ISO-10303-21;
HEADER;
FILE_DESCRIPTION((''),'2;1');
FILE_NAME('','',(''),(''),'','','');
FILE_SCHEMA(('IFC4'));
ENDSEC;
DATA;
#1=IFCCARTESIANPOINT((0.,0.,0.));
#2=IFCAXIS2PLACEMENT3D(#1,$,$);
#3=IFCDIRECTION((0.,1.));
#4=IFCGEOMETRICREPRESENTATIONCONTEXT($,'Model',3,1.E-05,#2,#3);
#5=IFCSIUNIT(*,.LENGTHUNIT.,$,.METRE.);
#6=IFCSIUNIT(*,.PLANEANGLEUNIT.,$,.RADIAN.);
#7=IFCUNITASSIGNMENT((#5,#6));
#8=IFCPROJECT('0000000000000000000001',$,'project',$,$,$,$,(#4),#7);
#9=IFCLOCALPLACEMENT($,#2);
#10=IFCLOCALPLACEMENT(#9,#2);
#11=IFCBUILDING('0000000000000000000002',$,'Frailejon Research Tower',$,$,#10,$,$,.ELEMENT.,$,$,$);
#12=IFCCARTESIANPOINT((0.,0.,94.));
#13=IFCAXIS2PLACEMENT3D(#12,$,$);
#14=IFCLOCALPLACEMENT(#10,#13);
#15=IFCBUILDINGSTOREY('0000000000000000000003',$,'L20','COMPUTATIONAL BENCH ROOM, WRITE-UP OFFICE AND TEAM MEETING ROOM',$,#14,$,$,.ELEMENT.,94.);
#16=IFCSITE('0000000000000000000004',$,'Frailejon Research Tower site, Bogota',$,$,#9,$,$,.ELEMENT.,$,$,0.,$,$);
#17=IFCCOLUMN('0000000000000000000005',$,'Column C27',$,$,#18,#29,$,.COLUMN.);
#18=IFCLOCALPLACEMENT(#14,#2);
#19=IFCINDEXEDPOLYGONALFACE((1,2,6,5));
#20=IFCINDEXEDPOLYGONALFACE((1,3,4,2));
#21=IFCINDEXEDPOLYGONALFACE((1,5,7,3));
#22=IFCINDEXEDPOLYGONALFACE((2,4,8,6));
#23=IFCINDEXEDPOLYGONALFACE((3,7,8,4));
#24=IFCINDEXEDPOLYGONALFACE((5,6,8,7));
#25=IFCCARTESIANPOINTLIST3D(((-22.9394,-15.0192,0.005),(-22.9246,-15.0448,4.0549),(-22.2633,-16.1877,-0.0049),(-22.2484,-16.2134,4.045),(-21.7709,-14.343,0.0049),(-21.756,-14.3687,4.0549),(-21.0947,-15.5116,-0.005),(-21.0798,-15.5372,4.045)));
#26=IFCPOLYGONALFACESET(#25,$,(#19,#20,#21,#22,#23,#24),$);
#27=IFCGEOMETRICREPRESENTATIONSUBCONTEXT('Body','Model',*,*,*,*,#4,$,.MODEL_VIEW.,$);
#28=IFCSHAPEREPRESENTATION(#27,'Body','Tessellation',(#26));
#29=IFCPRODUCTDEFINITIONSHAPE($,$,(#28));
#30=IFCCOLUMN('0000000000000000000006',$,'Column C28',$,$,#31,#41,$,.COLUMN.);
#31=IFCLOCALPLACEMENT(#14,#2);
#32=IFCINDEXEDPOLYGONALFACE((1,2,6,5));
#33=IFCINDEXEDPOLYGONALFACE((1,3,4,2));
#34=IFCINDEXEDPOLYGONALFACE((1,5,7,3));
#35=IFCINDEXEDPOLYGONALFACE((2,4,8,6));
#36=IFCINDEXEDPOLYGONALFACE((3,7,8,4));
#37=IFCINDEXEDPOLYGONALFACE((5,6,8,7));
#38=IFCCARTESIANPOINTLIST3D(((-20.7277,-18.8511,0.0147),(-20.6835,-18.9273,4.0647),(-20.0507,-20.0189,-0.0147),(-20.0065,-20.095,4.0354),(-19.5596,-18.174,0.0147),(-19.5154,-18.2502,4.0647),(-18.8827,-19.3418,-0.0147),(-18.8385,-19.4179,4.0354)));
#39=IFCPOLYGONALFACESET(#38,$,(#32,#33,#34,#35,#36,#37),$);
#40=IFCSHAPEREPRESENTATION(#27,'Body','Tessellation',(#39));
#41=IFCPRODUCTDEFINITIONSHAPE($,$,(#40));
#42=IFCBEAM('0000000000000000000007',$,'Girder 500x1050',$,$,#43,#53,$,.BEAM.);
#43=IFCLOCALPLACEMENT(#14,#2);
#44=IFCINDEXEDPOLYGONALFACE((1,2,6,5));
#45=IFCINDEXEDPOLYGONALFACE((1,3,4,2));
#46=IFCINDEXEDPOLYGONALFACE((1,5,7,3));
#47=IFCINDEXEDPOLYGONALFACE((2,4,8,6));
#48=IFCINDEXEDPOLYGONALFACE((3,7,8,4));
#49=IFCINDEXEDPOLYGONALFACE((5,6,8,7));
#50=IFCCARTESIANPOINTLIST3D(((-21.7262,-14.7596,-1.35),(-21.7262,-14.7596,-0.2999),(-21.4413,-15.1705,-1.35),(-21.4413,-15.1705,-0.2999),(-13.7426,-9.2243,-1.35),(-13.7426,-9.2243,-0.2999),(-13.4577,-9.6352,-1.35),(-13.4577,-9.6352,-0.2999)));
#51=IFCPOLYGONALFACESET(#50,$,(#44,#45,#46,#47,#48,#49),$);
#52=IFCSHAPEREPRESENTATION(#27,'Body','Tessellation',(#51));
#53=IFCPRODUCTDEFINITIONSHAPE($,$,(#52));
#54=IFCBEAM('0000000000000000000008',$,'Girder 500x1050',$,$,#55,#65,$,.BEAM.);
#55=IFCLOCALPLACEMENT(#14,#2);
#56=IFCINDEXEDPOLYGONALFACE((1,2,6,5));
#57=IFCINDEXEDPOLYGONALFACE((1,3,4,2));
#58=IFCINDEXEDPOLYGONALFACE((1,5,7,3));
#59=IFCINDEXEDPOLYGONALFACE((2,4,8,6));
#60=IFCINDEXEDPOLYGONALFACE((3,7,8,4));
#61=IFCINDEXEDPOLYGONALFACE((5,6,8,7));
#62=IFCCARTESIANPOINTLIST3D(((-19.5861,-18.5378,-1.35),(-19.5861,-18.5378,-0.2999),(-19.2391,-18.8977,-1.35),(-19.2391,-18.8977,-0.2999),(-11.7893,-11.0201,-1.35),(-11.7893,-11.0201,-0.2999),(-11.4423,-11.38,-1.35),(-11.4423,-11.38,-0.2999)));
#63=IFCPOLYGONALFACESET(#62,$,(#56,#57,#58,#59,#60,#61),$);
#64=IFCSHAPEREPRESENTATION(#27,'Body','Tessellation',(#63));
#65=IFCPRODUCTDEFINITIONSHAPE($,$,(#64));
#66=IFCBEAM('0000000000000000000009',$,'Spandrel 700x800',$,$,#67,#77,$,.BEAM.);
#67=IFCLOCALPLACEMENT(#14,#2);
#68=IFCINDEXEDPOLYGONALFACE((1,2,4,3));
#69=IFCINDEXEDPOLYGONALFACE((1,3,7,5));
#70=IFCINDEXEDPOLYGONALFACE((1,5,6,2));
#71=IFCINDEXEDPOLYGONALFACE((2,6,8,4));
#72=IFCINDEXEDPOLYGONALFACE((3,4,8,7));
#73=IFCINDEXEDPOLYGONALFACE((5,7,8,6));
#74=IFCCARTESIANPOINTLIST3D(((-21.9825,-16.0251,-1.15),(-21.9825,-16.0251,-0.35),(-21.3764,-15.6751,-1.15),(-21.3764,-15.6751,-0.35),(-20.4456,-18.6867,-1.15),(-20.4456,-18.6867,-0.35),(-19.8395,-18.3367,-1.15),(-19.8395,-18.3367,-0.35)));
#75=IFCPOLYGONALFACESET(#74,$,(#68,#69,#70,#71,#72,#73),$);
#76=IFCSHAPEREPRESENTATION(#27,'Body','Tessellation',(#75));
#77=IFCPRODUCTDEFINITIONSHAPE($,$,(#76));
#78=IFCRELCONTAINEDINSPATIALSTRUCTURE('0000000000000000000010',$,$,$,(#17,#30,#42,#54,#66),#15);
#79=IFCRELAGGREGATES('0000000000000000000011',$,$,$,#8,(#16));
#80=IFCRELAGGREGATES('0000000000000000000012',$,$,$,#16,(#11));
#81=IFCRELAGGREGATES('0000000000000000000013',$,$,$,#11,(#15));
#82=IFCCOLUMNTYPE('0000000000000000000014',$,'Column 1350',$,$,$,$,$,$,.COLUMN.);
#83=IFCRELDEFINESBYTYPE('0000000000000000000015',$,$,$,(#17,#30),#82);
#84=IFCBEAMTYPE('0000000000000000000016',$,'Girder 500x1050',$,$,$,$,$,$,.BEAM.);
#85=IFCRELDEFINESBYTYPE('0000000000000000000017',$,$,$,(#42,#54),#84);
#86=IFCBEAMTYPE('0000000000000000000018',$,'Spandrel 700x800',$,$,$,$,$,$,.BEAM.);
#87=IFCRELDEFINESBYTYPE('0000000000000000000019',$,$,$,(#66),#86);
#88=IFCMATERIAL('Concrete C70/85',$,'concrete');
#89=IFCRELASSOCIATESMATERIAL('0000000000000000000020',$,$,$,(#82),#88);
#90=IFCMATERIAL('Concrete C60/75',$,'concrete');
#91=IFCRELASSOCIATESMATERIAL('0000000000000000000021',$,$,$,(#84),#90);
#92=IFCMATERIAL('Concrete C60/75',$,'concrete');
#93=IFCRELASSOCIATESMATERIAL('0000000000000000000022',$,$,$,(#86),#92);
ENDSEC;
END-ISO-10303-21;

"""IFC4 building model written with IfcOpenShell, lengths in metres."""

from ifc_helpers import new_model, si_unit, direction, frame, origin, origin_2d, place, context, subcontext, project, spatial, rectangle, extrude, material, material_profile, profile_set, type_object, element, save


model = new_model("IFC4")

# Units and contexts
model_context = context("Model", 3, precision=1e-05, world=origin(), true_north=direction((0.0, 1.0)))
body_context = subcontext(model_context, "Body", "Model", "MODEL_VIEW")
ifc_project = project(units=[si_unit("LENGTHUNIT", "METRE"), si_unit("PLANEANGLEUNIT", "RADIAN")], contexts=[model_context])

# Site, building, storey
site_placement = place(None, origin())
site = spatial("IfcSite", under=ifc_project, at=site_placement, Name="Frailejon Research Tower site, Bogota", CompositionType="ELEMENT", RefElevation=0.0)
building_placement = place(site_placement, origin())
building = spatial("IfcBuilding", under=site, at=building_placement, Name="Frailejon Research Tower", CompositionType="ELEMENT")
storey_placement = place(building_placement, frame((0.0, 0.0, 94.0)))
storey = spatial("IfcBuildingStorey", under=building, at=storey_placement, Name="L20", Description="COMPUTATIONAL BENCH ROOM, WRITE-UP OFFICE AND TEAM MEETING ROOM", CompositionType="ELEMENT", Elevation=94.0)

# Columns
ifc_material_1 = material(Name="Concrete C70/85", Category="concrete")
ifc_material_profile_1 = material_profile(ifc_material_1, rectangle(XDim=1.3501, YDim=1.3501, at=origin_2d()), Name="Column 1350")
ifc_profile_set_1 = profile_set([ifc_material_profile_1], Name="Concrete C70/85")
column_type = type_object("IfcColumnType", Name="Column 1350", PredefinedType="COLUMN", material=ifc_profile_set_1)
column_1_placement = place(storey_placement, frame((-22.0171, -15.2654, 0.0), z_axis=(0.003677, -0.006329, 0.999973), x_axis=(0.500791, -0.865537, -0.00732)))
element("IfcColumn", 1, at=column_1_placement, inside=storey, type_object=column_type, Name="Column C27", PredefinedType="COLUMN", context=body_context, shape_type="SweptSolid", body=[
    extrude(rectangle(XDim=1.3501, YDim=1.3501, at=origin_2d()), origin(), (0.0, 0.0, 1.0), 4.05),
])
column_2_placement = place(storey_placement, frame((-19.8052, -19.0964, 0.0), z_axis=(0.010908, -0.018803, 0.999764), x_axis=(0.501388, -0.864949, -0.021738)))
element("IfcColumn", 2, at=column_2_placement, inside=storey, type_object=column_type, Name="Column C28", PredefinedType="COLUMN", context=body_context, shape_type="SweptSolid", body=[
    extrude(rectangle(XDim=1.3501, YDim=1.3501, at=origin_2d()), origin(), (0.0, 0.0, 1.0), 4.051),
])

# Beams
ifc_material_2 = material(Name="Concrete C60/75", Category="concrete")
ifc_material_profile_2 = material_profile(ifc_material_2, rectangle(XDim=0.5, YDim=1.05, at=origin_2d()), Name="Girder 500x1050")
ifc_profile_set_2 = profile_set([ifc_material_profile_2], Name="Concrete C60/75")
beam_type_1 = type_object("IfcBeamType", Name="Girder 500x1050", PredefinedType="BEAM", material=ifc_profile_set_2)
beam_1_placement = place(storey_placement, frame((-21.5837, -14.9651, -0.825), z_axis=(0.821794, 0.569785, 0.0), x_axis=(-0.569785, 0.821794, 0.0)))
element("IfcBeam", 3, at=beam_1_placement, inside=storey, type_object=beam_type_1, Name="Girder 500x1050", PredefinedType="BEAM", context=body_context, shape_type="SweptSolid", body=[
    extrude(rectangle(XDim=0.5, YDim=1.05, at=origin_2d()), origin(), (0.0, 0.0, 1.0), 9.7148),
])
beam_2_placement = place(storey_placement, frame((-19.4126, -18.7178, -0.825), z_axis=(0.719872, 0.694107, 0.0), x_axis=(-0.694107, 0.719872, 0.0)))
element("IfcBeam", 4, at=beam_2_placement, inside=storey, type_object=beam_type_1, Name="Girder 500x1050", PredefinedType="BEAM", context=body_context, shape_type="SweptSolid", body=[
    extrude(rectangle(XDim=0.5, YDim=1.05, at=origin_2d()), origin(), (0.0, 0.0, 1.0), 10.8308),
])
ifc_material_3 = material(Name="Concrete C60/75", Category="concrete")
ifc_material_profile_3 = material_profile(ifc_material_3, rectangle(XDim=0.7, YDim=0.8, at=origin_2d()), Name="Spandrel 700x800")
ifc_profile_set_3 = profile_set([ifc_material_profile_3], Name="Concrete C60/75")
beam_type_2 = type_object("IfcBeamType", Name="Spandrel 700x800", PredefinedType="BEAM", material=ifc_profile_set_3)
beam_3_placement = place(storey_placement, frame((-21.6794, -15.8501, -0.75), z_axis=(0.500043, -0.866, 0.0), x_axis=(0.866, 0.500043, 0.0)))
element("IfcBeam", 5, at=beam_3_placement, inside=storey, type_object=beam_type_2, Name="Spandrel 700x800", PredefinedType="BEAM", context=body_context, shape_type="SweptSolid", body=[
    extrude(rectangle(XDim=0.7, YDim=0.8, at=origin_2d()), origin(), (0.0, 0.0, 1.0), 3.0735),
])

save(model, "model.ifc")
